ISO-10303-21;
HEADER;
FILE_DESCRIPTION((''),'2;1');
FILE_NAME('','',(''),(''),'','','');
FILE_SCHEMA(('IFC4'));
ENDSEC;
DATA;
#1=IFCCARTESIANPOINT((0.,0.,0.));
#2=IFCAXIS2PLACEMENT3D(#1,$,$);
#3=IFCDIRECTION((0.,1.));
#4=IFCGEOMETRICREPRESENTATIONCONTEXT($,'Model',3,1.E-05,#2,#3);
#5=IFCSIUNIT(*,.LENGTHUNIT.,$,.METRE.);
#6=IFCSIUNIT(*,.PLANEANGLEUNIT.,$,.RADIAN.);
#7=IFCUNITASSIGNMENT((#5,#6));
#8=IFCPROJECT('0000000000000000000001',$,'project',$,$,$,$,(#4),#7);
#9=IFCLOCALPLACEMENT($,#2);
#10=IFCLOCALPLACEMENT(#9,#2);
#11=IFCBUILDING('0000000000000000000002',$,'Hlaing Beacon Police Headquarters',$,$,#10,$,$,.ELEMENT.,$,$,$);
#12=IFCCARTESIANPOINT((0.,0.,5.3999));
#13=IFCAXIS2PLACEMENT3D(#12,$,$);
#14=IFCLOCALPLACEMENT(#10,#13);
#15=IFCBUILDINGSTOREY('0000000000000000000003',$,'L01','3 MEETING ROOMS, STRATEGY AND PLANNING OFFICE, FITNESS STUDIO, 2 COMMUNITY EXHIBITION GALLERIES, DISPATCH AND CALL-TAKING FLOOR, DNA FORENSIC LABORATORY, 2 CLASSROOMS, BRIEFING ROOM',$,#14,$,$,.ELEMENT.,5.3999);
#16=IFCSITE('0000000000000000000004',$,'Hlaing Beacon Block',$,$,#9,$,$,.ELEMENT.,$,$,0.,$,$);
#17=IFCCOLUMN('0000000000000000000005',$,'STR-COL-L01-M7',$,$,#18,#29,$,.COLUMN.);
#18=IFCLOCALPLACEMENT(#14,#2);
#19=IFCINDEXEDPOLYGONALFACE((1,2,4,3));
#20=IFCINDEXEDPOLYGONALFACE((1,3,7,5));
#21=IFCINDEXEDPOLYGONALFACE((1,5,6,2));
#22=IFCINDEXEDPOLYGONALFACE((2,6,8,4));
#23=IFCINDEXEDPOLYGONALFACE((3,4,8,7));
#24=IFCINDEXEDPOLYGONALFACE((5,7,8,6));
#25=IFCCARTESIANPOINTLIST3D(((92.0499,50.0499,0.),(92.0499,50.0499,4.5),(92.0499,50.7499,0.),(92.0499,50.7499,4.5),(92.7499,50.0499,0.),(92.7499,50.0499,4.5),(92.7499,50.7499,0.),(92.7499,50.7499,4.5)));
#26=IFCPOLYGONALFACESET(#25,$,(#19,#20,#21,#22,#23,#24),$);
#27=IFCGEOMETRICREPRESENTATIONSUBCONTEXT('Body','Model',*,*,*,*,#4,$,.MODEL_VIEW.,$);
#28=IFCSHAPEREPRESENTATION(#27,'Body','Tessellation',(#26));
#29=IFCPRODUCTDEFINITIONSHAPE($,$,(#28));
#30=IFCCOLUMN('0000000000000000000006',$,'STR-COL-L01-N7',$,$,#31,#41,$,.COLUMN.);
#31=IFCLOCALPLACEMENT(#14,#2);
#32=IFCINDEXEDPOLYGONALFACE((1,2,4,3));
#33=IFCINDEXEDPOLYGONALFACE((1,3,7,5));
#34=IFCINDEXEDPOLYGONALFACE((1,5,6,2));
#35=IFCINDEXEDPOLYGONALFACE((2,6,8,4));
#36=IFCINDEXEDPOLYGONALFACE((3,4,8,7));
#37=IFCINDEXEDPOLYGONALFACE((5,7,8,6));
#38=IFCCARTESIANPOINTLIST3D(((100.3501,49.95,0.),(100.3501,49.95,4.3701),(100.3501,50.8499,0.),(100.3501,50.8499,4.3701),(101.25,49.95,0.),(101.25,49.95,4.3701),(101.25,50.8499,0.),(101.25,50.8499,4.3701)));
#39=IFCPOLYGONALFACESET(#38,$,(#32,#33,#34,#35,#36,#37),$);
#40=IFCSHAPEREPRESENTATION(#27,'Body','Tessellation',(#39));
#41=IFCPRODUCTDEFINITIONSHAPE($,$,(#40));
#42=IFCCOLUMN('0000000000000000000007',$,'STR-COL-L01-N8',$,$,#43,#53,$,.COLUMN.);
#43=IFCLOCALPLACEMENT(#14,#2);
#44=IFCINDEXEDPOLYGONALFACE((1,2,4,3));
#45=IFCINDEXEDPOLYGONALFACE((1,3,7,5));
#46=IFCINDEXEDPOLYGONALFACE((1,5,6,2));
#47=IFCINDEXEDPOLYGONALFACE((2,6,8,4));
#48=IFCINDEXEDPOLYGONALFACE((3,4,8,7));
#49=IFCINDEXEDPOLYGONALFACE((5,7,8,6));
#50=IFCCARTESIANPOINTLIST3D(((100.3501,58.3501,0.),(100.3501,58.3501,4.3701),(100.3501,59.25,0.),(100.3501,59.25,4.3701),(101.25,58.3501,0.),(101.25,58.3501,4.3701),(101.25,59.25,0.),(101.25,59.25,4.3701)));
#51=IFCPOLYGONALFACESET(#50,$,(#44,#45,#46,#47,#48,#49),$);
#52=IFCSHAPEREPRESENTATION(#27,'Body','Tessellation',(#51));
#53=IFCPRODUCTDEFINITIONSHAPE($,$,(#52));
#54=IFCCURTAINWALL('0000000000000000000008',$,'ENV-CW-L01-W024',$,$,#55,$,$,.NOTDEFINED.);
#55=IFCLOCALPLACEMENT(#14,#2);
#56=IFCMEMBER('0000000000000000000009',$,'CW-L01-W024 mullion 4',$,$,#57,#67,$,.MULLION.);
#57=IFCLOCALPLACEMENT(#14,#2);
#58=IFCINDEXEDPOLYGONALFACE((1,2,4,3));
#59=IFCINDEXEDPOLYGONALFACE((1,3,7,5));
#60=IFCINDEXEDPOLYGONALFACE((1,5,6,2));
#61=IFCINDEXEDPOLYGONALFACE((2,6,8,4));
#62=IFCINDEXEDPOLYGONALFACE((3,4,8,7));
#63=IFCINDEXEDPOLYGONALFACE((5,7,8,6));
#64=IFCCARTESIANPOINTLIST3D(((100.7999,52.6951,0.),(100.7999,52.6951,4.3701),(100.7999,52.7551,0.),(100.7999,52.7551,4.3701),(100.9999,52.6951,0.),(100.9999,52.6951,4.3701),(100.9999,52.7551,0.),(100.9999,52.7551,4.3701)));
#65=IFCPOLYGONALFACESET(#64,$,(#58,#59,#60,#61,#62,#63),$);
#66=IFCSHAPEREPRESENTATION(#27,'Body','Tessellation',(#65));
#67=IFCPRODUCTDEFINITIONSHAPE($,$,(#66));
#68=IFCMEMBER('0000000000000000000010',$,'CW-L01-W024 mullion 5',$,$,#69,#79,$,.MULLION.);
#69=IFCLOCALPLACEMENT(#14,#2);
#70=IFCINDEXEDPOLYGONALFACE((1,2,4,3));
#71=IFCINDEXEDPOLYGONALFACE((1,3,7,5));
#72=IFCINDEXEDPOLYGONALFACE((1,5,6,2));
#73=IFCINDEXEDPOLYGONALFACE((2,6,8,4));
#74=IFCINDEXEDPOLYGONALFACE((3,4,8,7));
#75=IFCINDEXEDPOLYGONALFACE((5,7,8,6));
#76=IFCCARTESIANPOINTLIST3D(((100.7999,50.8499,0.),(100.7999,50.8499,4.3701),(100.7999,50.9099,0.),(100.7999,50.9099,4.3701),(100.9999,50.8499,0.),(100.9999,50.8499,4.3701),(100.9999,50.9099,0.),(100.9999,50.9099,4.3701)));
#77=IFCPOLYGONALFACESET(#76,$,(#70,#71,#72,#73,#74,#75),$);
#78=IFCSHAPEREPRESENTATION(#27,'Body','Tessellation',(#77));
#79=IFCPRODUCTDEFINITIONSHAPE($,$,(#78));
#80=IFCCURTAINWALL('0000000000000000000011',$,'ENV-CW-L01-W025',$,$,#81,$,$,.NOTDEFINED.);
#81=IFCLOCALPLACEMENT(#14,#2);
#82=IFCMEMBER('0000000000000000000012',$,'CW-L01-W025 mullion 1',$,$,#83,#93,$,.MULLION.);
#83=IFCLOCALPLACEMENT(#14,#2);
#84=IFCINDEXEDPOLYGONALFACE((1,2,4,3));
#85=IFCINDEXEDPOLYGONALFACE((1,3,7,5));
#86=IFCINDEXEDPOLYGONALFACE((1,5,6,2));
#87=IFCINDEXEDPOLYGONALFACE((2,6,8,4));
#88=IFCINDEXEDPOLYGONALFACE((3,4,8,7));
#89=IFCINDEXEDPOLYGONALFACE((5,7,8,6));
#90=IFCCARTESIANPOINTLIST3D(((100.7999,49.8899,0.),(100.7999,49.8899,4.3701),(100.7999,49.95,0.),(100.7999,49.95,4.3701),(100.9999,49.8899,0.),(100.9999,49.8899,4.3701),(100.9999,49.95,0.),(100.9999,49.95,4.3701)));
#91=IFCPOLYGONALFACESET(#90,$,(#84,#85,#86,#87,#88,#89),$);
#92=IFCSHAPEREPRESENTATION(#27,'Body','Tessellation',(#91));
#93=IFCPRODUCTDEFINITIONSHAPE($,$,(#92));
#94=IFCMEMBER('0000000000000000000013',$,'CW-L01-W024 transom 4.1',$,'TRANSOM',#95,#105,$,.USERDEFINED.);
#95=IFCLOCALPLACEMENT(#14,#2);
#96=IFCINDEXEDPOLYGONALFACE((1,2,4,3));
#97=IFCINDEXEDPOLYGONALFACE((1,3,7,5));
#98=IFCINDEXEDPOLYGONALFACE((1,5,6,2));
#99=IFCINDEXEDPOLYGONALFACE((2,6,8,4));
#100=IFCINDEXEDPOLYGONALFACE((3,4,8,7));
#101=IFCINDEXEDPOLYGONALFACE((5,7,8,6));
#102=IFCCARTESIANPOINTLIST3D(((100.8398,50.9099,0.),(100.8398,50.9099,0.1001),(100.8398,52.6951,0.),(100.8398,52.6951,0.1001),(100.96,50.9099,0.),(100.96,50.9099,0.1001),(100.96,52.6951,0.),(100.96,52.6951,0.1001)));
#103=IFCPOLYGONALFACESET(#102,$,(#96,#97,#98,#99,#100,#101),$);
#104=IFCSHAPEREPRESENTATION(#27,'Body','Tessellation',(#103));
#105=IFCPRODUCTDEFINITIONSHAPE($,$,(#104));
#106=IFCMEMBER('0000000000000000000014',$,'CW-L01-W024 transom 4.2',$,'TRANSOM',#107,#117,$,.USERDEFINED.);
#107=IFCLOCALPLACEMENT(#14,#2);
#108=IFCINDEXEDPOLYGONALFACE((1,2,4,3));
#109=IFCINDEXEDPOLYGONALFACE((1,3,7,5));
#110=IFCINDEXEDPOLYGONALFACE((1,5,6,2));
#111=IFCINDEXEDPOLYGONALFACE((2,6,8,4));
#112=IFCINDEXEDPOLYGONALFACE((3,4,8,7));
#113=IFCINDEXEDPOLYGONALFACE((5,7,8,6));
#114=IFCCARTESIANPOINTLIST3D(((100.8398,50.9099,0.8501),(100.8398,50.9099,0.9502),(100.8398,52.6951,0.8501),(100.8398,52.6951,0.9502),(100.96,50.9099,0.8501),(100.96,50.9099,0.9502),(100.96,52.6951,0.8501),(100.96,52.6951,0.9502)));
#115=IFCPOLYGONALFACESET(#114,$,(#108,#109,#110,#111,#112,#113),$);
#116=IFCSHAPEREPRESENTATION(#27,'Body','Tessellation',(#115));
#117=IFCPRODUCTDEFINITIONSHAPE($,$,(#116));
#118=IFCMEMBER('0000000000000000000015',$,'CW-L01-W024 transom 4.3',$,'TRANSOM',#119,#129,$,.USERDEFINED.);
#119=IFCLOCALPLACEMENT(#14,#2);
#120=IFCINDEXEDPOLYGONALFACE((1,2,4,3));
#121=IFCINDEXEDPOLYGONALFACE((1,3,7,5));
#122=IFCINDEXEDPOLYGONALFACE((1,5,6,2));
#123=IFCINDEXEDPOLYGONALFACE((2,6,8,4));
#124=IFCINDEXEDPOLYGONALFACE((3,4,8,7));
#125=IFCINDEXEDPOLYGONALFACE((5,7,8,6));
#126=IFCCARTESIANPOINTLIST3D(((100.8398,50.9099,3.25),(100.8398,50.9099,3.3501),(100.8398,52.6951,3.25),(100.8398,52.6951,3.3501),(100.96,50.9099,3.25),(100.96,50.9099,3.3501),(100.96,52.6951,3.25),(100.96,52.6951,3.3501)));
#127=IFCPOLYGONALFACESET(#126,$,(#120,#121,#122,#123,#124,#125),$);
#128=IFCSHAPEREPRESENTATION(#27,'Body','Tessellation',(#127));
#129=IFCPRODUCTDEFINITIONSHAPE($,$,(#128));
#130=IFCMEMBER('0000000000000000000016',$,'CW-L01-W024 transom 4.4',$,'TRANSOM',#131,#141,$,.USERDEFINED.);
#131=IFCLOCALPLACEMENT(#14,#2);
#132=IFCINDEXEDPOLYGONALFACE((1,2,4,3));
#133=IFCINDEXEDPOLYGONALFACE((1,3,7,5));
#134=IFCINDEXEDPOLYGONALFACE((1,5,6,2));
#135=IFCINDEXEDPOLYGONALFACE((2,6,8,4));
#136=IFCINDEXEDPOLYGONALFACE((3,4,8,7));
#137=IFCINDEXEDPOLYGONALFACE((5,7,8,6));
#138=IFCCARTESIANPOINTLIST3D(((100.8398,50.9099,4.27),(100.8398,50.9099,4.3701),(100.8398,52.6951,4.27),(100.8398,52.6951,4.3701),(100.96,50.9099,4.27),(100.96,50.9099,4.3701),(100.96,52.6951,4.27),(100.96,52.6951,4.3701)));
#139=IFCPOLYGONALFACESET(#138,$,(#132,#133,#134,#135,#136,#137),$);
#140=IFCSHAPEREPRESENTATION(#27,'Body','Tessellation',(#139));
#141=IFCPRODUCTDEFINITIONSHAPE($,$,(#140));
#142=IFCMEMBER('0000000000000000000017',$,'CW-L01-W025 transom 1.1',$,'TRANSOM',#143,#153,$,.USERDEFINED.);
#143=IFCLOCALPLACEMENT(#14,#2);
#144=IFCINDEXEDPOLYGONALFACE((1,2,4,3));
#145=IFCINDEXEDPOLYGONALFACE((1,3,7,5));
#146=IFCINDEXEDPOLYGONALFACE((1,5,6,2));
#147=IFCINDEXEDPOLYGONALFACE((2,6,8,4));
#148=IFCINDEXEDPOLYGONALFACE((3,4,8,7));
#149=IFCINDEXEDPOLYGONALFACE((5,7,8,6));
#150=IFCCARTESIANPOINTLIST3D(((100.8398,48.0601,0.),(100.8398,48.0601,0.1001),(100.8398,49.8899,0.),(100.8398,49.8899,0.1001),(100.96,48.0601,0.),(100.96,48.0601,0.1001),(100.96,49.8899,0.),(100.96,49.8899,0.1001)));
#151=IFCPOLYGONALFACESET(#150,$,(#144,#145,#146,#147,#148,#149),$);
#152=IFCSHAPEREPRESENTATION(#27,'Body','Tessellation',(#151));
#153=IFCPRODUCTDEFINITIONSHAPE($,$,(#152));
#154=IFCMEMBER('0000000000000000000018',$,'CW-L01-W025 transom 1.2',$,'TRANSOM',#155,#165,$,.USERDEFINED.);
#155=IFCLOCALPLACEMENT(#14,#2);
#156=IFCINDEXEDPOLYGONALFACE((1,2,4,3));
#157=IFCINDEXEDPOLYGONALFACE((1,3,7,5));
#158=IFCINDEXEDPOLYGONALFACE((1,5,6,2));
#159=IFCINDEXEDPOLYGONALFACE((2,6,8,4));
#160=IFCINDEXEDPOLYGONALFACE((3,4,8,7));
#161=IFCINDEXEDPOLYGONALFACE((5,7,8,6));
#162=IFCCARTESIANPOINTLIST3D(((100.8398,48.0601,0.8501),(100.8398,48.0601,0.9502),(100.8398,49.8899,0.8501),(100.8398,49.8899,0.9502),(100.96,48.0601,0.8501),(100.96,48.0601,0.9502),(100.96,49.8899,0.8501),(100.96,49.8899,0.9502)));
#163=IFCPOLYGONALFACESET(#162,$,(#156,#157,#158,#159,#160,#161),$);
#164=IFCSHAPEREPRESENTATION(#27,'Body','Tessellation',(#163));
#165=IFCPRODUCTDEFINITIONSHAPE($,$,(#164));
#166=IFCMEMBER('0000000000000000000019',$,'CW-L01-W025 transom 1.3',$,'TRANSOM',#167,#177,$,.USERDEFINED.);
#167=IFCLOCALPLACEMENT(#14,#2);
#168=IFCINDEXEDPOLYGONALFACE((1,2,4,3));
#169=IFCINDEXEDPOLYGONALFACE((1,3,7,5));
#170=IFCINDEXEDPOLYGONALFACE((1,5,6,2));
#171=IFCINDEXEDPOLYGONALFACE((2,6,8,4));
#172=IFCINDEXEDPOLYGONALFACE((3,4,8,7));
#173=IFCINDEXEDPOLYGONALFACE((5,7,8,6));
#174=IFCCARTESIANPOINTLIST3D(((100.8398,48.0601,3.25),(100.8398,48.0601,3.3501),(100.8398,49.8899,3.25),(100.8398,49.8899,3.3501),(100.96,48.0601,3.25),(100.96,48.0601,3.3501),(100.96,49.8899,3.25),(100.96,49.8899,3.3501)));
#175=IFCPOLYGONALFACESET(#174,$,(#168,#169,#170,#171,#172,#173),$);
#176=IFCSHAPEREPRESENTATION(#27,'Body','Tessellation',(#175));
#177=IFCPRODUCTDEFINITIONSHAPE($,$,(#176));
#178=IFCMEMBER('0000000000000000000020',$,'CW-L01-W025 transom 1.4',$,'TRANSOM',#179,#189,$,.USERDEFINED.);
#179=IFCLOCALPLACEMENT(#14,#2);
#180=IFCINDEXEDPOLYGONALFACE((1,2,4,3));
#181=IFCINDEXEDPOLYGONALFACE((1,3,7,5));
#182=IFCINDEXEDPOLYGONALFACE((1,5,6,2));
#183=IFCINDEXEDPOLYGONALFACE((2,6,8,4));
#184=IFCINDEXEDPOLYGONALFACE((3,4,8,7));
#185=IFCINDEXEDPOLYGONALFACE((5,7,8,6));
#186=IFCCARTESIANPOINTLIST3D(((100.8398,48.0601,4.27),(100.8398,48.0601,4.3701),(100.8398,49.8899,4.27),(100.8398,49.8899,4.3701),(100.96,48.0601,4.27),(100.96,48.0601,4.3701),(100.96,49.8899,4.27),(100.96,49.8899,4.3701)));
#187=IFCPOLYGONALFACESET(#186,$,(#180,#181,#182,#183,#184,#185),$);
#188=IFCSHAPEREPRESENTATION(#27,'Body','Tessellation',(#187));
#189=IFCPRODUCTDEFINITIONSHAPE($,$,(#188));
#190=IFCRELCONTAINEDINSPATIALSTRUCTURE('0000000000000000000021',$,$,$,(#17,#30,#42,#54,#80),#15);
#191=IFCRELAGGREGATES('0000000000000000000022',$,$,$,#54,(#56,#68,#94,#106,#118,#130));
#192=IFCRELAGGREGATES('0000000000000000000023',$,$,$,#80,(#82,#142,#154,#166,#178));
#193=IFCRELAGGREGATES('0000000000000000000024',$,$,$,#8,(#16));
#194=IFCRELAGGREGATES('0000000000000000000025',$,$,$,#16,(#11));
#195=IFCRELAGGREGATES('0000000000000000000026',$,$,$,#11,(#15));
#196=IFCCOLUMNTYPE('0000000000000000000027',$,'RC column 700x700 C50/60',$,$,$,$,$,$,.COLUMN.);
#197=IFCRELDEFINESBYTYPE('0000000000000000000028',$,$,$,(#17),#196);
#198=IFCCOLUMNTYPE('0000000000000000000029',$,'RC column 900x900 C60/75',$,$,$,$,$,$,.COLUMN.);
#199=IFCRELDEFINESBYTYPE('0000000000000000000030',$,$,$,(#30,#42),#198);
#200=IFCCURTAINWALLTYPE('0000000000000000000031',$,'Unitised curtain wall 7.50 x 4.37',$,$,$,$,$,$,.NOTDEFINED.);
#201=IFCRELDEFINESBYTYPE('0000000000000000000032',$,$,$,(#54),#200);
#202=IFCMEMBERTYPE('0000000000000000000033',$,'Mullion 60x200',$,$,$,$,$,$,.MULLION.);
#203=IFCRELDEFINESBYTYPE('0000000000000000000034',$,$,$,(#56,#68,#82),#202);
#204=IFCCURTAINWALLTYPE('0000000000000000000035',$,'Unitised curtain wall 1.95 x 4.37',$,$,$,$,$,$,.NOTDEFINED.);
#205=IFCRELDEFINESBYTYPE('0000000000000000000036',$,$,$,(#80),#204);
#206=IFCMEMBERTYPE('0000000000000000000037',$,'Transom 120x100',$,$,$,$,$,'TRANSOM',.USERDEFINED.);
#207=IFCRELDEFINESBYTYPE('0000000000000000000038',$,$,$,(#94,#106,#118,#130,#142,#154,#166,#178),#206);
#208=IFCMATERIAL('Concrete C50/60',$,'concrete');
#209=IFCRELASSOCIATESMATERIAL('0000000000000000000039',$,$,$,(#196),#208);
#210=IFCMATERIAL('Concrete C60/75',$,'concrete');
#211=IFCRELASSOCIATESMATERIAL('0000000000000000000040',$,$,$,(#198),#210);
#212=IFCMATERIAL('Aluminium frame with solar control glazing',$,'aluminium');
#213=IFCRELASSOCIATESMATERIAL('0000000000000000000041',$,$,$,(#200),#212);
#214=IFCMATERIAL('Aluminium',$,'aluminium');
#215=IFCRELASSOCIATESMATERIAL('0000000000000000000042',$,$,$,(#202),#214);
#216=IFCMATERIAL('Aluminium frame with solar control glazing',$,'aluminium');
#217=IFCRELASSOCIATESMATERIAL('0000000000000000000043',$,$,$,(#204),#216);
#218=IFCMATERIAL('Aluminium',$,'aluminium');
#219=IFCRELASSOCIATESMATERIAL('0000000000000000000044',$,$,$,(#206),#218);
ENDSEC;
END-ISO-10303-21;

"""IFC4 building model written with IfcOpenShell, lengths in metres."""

from ifc_helpers import new_model, si_unit, direction, frame, origin, origin_2d, place, context, subcontext, project, spatial, rectangle, extrude, material, material_profile, profile_set, type_object, element, aggregate, save


model = new_model("IFC4")

# Units and contexts
model_context = context("Model", 3, precision=1e-05, world=origin(), true_north=direction((0.0, 1.0)))
body_context = subcontext(model_context, "Body", "Model", "MODEL_VIEW")
ifc_project = project(units=[si_unit("LENGTHUNIT", "METRE"), si_unit("PLANEANGLEUNIT", "RADIAN")], contexts=[model_context])

# Site, building, storey
site_placement = place(None, origin())
site = spatial("IfcSite", under=ifc_project, at=site_placement, Name="Hlaing Beacon Block", CompositionType="ELEMENT", RefElevation=0.0)
building_placement = place(site_placement, origin())
building = spatial("IfcBuilding", under=site, at=building_placement, Name="Hlaing Beacon Police Headquarters", CompositionType="ELEMENT")
storey_placement = place(building_placement, frame((0.0, 0.0, 5.3999)))
storey = spatial("IfcBuildingStorey", under=building, at=storey_placement, Name="L01", Description="3 MEETING ROOMS, STRATEGY AND PLANNING OFFICE, FITNESS STUDIO, 2 COMMUNITY EXHIBITION GALLERIES, DISPATCH AND CALL-TAKING FLOOR, DNA FORENSIC LABORATORY, 2 CLASSROOMS, BRIEFING ROOM", CompositionType="ELEMENT", Elevation=5.3999)

# Columns
ifc_material_1 = material(Name="Concrete C50/60", Category="concrete")
ifc_material_profile_1 = material_profile(ifc_material_1, rectangle(XDim=0.7, YDim=0.7, at=origin_2d()), Name="700x700")
ifc_profile_set_1 = profile_set([ifc_material_profile_1], Name="Concrete C50/60")
column_type_1 = type_object("IfcColumnType", Name="RC column 700x700 C50/60", PredefinedType="COLUMN", material=ifc_profile_set_1)
column_placement = place(storey_placement, frame((92.3999, 50.3999, 0.0), z_axis=(0.0, 0.0, 1.0), x_axis=(1.0, 0.0, 0.0)))
element("IfcColumn", 1, at=column_placement, inside=storey, type_object=column_type_1, Name="STR-COL-L01-M7", PredefinedType="COLUMN", context=body_context, shape_type="SweptSolid", body=[
    extrude(rectangle(XDim=0.7, YDim=0.7, at=origin_2d()), origin(), (0.0, 0.0, 1.0), 4.5),
])
ifc_material_2 = material(Name="Concrete C60/75", Category="concrete")
ifc_material_profile_2 = material_profile(ifc_material_2, rectangle(XDim=0.8999, YDim=0.8999, at=origin_2d()), Name="900x900")
ifc_profile_set_2 = profile_set([ifc_material_profile_2], Name="Concrete C60/75")
column_type_2 = type_object("IfcColumnType", Name="RC column 900x900 C60/75", PredefinedType="COLUMN", material=ifc_profile_set_2)
for number, where, z_axis, x_axis, name in (
    (2, (100.8, 50.3999, 0.0), (0.0, 0.0, 1.0), (1.0, 0.0, 0.0), "STR-COL-L01-N7"),
    (3, (100.8, 58.8, 0.0), (0.0, 0.0, 1.0), (1.0, 0.0, 0.0), "STR-COL-L01-N8"),
):
    element("IfcColumn", number, at=place(storey_placement, frame(where, z_axis=z_axis, x_axis=x_axis)), inside=storey, type_object=column_type_2, Name=name, PredefinedType="COLUMN", context=body_context, shape_type="SweptSolid", body=[
        extrude(rectangle(XDim=0.8999, YDim=0.8999, at=origin_2d()), origin(), (0.0, 0.0, 1.0), 4.3701),
    ])

# Curtain wall, members
ifc_material_3 = material(Name="Aluminium frame with solar control glazing", Category="aluminium")
curtain_wall_type_1 = type_object("IfcCurtainWallType", Name="Unitised curtain wall 7.50 x 4.37", PredefinedType="NOTDEFINED", material=ifc_material_3)
curtain_wall_1_placement = place(storey_placement, origin())
curtain_wall_1 = element("IfcCurtainWall", 4, at=curtain_wall_1_placement, inside=storey, type_object=curtain_wall_type_1, Name="ENV-CW-L01-W024", PredefinedType="NOTDEFINED")
ifc_material_4 = material(Name="Aluminium", Category="aluminium")
ifc_material_profile_3 = material_profile(ifc_material_4, rectangle(XDim=0.2, YDim=0.0601, at=origin_2d()), Name="Mullion 60x200")
ifc_profile_set_3 = profile_set([ifc_material_profile_3], Name="Aluminium")
member_type_1 = type_object("IfcMemberType", Name="Mullion 60x200", PredefinedType="MULLION", material=ifc_profile_set_3)
member_1_placement = place(storey_placement, frame((100.8999, 52.7251, 0.0), z_axis=(0.0, 0.0, 1.0), x_axis=(1.0, 0.0, 0.0)))
member_1 = element("IfcMember", 5, at=member_1_placement, type_object=member_type_1, Name="CW-L01-W024 mullion 4", PredefinedType="MULLION", context=body_context, shape_type="SweptSolid", body=[
    extrude(rectangle(XDim=0.2, YDim=0.0601, at=origin_2d()), origin(), (0.0, 0.0, 1.0), 4.3701),
])
member_2_placement = place(storey_placement, frame((100.8999, 50.8799, 0.0), z_axis=(0.0, 0.0, 1.0), x_axis=(1.0, 0.0, 0.0)))
member_2 = element("IfcMember", 6, at=member_2_placement, type_object=member_type_1, Name="CW-L01-W024 mullion 5", PredefinedType="MULLION", context=body_context, shape_type="SweptSolid", body=[
    extrude(rectangle(XDim=0.2, YDim=0.0601, at=origin_2d()), origin(), (0.0, 0.0, 1.0), 4.3701),
])

# Curtain wall, member
ifc_material_5 = material(Name="Aluminium frame with solar control glazing", Category="aluminium")
curtain_wall_type_2 = type_object("IfcCurtainWallType", Name="Unitised curtain wall 1.95 x 4.37", PredefinedType="NOTDEFINED", material=ifc_material_5)
curtain_wall_2_placement = place(storey_placement, origin())
curtain_wall_2 = element("IfcCurtainWall", 7, at=curtain_wall_2_placement, inside=storey, type_object=curtain_wall_type_2, Name="ENV-CW-L01-W025", PredefinedType="NOTDEFINED")
member_3_placement = place(storey_placement, frame((100.8999, 49.9199, 0.0), z_axis=(0.0, 0.0, 1.0), x_axis=(1.0, 0.0, 0.0)))
member_3 = element("IfcMember", 8, at=member_3_placement, type_object=member_type_1, Name="CW-L01-W025 mullion 1", PredefinedType="MULLION", context=body_context, shape_type="SweptSolid", body=[
    extrude(rectangle(XDim=0.2, YDim=0.0601, at=origin_2d()), origin(), (0.0, 0.0, 1.0), 4.3701),
])

# Members
ifc_material_6 = material(Name="Aluminium", Category="aluminium")
ifc_material_profile_4 = material_profile(ifc_material_6, rectangle(XDim=0.1201, YDim=0.1001, at=origin_2d()), Name="Transom 120x100")
ifc_profile_set_4 = profile_set([ifc_material_profile_4], Name="Aluminium")
member_type_2 = type_object("IfcMemberType", Name="Transom 120x100", ElementType="TRANSOM", PredefinedType="USERDEFINED", material=ifc_profile_set_4)
member_4_placement = place(storey_placement, frame((100.8999, 52.6951, 0.05), z_axis=(0.0, -1.0, 0.0), x_axis=(1.0, 0.0, 0.0)))
member_4 = element("IfcMember", 9, at=member_4_placement, type_object=member_type_2, Name="CW-L01-W024 transom 4.1", ObjectType="TRANSOM", PredefinedType="USERDEFINED", context=body_context, shape_type="SweptSolid", body=[
    extrude(rectangle(XDim=0.1201, YDim=0.1001, at=origin_2d()), origin(), (0.0, 0.0, 1.0), 1.7852),
])
member_5_placement = place(storey_placement, frame((100.8999, 52.6951, 0.9001), z_axis=(0.0, -1.0, 0.0), x_axis=(1.0, 0.0, 0.0)))
member_5 = element("IfcMember", 10, at=member_5_placement, type_object=member_type_2, Name="CW-L01-W024 transom 4.2", ObjectType="TRANSOM", PredefinedType="USERDEFINED", context=body_context, shape_type="SweptSolid", body=[
    extrude(rectangle(XDim=0.1201, YDim=0.1001, at=origin_2d()), origin(), (0.0, 0.0, 1.0), 1.7852),
])
member_6_placement = place(storey_placement, frame((100.8999, 52.6951, 3.3), z_axis=(0.0, -1.0, 0.0), x_axis=(1.0, 0.0, 0.0)))
member_6 = element("IfcMember", 11, at=member_6_placement, type_object=member_type_2, Name="CW-L01-W024 transom 4.3", ObjectType="TRANSOM", PredefinedType="USERDEFINED", context=body_context, shape_type="SweptSolid", body=[
    extrude(rectangle(XDim=0.1201, YDim=0.1001, at=origin_2d()), origin(), (0.0, 0.0, 1.0), 1.7852),
])
member_7_placement = place(storey_placement, frame((100.8999, 52.6951, 4.3201), z_axis=(0.0, -1.0, 0.0), x_axis=(1.0, 0.0, 0.0)))
member_7 = element("IfcMember", 12, at=member_7_placement, type_object=member_type_2, Name="CW-L01-W024 transom 4.4", ObjectType="TRANSOM", PredefinedType="USERDEFINED", context=body_context, shape_type="SweptSolid", body=[
    extrude(rectangle(XDim=0.1201, YDim=0.1001, at=origin_2d()), origin(), (0.0, 0.0, 1.0), 1.7852),
])
member_8_placement = place(storey_placement, frame((100.8999, 49.8899, 0.05), z_axis=(0.0, -1.0, 0.0), x_axis=(1.0, 0.0, 0.0)))
member_8 = element("IfcMember", 13, at=member_8_placement, type_object=member_type_2, Name="CW-L01-W025 transom 1.1", ObjectType="TRANSOM", PredefinedType="USERDEFINED", context=body_context, shape_type="SweptSolid", body=[
    extrude(rectangle(XDim=0.1201, YDim=0.1001, at=origin_2d()), origin(), (0.0, 0.0, 1.0), 1.8298),
])
member_9_placement = place(storey_placement, frame((100.8999, 49.8899, 0.9001), z_axis=(0.0, -1.0, 0.0), x_axis=(1.0, 0.0, 0.0)))
member_9 = element("IfcMember", 14, at=member_9_placement, type_object=member_type_2, Name="CW-L01-W025 transom 1.2", ObjectType="TRANSOM", PredefinedType="USERDEFINED", context=body_context, shape_type="SweptSolid", body=[
    extrude(rectangle(XDim=0.1201, YDim=0.1001, at=origin_2d()), origin(), (0.0, 0.0, 1.0), 1.8298),
])
member_10_placement = place(storey_placement, frame((100.8999, 49.8899, 3.3), z_axis=(0.0, -1.0, 0.0), x_axis=(1.0, 0.0, 0.0)))
member_10 = element("IfcMember", 15, at=member_10_placement, type_object=member_type_2, Name="CW-L01-W025 transom 1.3", ObjectType="TRANSOM", PredefinedType="USERDEFINED", context=body_context, shape_type="SweptSolid", body=[
    extrude(rectangle(XDim=0.1201, YDim=0.1001, at=origin_2d()), origin(), (0.0, 0.0, 1.0), 1.8298),
])
member_11_placement = place(storey_placement, frame((100.8999, 49.8899, 4.3201), z_axis=(0.0, -1.0, 0.0), x_axis=(1.0, 0.0, 0.0)))
member_11 = element("IfcMember", 16, at=member_11_placement, type_object=member_type_2, Name="CW-L01-W025 transom 1.4", ObjectType="TRANSOM", PredefinedType="USERDEFINED", context=body_context, shape_type="SweptSolid", body=[
    extrude(rectangle(XDim=0.1201, YDim=0.1001, at=origin_2d()), origin(), (0.0, 0.0, 1.0), 1.8298),
])

aggregate(curtain_wall_1, [member_1, member_2, member_4, member_5, member_6, member_7])
aggregate(curtain_wall_2, [member_3, member_8, member_9, member_10, member_11])

save(model, "model.ifc")
